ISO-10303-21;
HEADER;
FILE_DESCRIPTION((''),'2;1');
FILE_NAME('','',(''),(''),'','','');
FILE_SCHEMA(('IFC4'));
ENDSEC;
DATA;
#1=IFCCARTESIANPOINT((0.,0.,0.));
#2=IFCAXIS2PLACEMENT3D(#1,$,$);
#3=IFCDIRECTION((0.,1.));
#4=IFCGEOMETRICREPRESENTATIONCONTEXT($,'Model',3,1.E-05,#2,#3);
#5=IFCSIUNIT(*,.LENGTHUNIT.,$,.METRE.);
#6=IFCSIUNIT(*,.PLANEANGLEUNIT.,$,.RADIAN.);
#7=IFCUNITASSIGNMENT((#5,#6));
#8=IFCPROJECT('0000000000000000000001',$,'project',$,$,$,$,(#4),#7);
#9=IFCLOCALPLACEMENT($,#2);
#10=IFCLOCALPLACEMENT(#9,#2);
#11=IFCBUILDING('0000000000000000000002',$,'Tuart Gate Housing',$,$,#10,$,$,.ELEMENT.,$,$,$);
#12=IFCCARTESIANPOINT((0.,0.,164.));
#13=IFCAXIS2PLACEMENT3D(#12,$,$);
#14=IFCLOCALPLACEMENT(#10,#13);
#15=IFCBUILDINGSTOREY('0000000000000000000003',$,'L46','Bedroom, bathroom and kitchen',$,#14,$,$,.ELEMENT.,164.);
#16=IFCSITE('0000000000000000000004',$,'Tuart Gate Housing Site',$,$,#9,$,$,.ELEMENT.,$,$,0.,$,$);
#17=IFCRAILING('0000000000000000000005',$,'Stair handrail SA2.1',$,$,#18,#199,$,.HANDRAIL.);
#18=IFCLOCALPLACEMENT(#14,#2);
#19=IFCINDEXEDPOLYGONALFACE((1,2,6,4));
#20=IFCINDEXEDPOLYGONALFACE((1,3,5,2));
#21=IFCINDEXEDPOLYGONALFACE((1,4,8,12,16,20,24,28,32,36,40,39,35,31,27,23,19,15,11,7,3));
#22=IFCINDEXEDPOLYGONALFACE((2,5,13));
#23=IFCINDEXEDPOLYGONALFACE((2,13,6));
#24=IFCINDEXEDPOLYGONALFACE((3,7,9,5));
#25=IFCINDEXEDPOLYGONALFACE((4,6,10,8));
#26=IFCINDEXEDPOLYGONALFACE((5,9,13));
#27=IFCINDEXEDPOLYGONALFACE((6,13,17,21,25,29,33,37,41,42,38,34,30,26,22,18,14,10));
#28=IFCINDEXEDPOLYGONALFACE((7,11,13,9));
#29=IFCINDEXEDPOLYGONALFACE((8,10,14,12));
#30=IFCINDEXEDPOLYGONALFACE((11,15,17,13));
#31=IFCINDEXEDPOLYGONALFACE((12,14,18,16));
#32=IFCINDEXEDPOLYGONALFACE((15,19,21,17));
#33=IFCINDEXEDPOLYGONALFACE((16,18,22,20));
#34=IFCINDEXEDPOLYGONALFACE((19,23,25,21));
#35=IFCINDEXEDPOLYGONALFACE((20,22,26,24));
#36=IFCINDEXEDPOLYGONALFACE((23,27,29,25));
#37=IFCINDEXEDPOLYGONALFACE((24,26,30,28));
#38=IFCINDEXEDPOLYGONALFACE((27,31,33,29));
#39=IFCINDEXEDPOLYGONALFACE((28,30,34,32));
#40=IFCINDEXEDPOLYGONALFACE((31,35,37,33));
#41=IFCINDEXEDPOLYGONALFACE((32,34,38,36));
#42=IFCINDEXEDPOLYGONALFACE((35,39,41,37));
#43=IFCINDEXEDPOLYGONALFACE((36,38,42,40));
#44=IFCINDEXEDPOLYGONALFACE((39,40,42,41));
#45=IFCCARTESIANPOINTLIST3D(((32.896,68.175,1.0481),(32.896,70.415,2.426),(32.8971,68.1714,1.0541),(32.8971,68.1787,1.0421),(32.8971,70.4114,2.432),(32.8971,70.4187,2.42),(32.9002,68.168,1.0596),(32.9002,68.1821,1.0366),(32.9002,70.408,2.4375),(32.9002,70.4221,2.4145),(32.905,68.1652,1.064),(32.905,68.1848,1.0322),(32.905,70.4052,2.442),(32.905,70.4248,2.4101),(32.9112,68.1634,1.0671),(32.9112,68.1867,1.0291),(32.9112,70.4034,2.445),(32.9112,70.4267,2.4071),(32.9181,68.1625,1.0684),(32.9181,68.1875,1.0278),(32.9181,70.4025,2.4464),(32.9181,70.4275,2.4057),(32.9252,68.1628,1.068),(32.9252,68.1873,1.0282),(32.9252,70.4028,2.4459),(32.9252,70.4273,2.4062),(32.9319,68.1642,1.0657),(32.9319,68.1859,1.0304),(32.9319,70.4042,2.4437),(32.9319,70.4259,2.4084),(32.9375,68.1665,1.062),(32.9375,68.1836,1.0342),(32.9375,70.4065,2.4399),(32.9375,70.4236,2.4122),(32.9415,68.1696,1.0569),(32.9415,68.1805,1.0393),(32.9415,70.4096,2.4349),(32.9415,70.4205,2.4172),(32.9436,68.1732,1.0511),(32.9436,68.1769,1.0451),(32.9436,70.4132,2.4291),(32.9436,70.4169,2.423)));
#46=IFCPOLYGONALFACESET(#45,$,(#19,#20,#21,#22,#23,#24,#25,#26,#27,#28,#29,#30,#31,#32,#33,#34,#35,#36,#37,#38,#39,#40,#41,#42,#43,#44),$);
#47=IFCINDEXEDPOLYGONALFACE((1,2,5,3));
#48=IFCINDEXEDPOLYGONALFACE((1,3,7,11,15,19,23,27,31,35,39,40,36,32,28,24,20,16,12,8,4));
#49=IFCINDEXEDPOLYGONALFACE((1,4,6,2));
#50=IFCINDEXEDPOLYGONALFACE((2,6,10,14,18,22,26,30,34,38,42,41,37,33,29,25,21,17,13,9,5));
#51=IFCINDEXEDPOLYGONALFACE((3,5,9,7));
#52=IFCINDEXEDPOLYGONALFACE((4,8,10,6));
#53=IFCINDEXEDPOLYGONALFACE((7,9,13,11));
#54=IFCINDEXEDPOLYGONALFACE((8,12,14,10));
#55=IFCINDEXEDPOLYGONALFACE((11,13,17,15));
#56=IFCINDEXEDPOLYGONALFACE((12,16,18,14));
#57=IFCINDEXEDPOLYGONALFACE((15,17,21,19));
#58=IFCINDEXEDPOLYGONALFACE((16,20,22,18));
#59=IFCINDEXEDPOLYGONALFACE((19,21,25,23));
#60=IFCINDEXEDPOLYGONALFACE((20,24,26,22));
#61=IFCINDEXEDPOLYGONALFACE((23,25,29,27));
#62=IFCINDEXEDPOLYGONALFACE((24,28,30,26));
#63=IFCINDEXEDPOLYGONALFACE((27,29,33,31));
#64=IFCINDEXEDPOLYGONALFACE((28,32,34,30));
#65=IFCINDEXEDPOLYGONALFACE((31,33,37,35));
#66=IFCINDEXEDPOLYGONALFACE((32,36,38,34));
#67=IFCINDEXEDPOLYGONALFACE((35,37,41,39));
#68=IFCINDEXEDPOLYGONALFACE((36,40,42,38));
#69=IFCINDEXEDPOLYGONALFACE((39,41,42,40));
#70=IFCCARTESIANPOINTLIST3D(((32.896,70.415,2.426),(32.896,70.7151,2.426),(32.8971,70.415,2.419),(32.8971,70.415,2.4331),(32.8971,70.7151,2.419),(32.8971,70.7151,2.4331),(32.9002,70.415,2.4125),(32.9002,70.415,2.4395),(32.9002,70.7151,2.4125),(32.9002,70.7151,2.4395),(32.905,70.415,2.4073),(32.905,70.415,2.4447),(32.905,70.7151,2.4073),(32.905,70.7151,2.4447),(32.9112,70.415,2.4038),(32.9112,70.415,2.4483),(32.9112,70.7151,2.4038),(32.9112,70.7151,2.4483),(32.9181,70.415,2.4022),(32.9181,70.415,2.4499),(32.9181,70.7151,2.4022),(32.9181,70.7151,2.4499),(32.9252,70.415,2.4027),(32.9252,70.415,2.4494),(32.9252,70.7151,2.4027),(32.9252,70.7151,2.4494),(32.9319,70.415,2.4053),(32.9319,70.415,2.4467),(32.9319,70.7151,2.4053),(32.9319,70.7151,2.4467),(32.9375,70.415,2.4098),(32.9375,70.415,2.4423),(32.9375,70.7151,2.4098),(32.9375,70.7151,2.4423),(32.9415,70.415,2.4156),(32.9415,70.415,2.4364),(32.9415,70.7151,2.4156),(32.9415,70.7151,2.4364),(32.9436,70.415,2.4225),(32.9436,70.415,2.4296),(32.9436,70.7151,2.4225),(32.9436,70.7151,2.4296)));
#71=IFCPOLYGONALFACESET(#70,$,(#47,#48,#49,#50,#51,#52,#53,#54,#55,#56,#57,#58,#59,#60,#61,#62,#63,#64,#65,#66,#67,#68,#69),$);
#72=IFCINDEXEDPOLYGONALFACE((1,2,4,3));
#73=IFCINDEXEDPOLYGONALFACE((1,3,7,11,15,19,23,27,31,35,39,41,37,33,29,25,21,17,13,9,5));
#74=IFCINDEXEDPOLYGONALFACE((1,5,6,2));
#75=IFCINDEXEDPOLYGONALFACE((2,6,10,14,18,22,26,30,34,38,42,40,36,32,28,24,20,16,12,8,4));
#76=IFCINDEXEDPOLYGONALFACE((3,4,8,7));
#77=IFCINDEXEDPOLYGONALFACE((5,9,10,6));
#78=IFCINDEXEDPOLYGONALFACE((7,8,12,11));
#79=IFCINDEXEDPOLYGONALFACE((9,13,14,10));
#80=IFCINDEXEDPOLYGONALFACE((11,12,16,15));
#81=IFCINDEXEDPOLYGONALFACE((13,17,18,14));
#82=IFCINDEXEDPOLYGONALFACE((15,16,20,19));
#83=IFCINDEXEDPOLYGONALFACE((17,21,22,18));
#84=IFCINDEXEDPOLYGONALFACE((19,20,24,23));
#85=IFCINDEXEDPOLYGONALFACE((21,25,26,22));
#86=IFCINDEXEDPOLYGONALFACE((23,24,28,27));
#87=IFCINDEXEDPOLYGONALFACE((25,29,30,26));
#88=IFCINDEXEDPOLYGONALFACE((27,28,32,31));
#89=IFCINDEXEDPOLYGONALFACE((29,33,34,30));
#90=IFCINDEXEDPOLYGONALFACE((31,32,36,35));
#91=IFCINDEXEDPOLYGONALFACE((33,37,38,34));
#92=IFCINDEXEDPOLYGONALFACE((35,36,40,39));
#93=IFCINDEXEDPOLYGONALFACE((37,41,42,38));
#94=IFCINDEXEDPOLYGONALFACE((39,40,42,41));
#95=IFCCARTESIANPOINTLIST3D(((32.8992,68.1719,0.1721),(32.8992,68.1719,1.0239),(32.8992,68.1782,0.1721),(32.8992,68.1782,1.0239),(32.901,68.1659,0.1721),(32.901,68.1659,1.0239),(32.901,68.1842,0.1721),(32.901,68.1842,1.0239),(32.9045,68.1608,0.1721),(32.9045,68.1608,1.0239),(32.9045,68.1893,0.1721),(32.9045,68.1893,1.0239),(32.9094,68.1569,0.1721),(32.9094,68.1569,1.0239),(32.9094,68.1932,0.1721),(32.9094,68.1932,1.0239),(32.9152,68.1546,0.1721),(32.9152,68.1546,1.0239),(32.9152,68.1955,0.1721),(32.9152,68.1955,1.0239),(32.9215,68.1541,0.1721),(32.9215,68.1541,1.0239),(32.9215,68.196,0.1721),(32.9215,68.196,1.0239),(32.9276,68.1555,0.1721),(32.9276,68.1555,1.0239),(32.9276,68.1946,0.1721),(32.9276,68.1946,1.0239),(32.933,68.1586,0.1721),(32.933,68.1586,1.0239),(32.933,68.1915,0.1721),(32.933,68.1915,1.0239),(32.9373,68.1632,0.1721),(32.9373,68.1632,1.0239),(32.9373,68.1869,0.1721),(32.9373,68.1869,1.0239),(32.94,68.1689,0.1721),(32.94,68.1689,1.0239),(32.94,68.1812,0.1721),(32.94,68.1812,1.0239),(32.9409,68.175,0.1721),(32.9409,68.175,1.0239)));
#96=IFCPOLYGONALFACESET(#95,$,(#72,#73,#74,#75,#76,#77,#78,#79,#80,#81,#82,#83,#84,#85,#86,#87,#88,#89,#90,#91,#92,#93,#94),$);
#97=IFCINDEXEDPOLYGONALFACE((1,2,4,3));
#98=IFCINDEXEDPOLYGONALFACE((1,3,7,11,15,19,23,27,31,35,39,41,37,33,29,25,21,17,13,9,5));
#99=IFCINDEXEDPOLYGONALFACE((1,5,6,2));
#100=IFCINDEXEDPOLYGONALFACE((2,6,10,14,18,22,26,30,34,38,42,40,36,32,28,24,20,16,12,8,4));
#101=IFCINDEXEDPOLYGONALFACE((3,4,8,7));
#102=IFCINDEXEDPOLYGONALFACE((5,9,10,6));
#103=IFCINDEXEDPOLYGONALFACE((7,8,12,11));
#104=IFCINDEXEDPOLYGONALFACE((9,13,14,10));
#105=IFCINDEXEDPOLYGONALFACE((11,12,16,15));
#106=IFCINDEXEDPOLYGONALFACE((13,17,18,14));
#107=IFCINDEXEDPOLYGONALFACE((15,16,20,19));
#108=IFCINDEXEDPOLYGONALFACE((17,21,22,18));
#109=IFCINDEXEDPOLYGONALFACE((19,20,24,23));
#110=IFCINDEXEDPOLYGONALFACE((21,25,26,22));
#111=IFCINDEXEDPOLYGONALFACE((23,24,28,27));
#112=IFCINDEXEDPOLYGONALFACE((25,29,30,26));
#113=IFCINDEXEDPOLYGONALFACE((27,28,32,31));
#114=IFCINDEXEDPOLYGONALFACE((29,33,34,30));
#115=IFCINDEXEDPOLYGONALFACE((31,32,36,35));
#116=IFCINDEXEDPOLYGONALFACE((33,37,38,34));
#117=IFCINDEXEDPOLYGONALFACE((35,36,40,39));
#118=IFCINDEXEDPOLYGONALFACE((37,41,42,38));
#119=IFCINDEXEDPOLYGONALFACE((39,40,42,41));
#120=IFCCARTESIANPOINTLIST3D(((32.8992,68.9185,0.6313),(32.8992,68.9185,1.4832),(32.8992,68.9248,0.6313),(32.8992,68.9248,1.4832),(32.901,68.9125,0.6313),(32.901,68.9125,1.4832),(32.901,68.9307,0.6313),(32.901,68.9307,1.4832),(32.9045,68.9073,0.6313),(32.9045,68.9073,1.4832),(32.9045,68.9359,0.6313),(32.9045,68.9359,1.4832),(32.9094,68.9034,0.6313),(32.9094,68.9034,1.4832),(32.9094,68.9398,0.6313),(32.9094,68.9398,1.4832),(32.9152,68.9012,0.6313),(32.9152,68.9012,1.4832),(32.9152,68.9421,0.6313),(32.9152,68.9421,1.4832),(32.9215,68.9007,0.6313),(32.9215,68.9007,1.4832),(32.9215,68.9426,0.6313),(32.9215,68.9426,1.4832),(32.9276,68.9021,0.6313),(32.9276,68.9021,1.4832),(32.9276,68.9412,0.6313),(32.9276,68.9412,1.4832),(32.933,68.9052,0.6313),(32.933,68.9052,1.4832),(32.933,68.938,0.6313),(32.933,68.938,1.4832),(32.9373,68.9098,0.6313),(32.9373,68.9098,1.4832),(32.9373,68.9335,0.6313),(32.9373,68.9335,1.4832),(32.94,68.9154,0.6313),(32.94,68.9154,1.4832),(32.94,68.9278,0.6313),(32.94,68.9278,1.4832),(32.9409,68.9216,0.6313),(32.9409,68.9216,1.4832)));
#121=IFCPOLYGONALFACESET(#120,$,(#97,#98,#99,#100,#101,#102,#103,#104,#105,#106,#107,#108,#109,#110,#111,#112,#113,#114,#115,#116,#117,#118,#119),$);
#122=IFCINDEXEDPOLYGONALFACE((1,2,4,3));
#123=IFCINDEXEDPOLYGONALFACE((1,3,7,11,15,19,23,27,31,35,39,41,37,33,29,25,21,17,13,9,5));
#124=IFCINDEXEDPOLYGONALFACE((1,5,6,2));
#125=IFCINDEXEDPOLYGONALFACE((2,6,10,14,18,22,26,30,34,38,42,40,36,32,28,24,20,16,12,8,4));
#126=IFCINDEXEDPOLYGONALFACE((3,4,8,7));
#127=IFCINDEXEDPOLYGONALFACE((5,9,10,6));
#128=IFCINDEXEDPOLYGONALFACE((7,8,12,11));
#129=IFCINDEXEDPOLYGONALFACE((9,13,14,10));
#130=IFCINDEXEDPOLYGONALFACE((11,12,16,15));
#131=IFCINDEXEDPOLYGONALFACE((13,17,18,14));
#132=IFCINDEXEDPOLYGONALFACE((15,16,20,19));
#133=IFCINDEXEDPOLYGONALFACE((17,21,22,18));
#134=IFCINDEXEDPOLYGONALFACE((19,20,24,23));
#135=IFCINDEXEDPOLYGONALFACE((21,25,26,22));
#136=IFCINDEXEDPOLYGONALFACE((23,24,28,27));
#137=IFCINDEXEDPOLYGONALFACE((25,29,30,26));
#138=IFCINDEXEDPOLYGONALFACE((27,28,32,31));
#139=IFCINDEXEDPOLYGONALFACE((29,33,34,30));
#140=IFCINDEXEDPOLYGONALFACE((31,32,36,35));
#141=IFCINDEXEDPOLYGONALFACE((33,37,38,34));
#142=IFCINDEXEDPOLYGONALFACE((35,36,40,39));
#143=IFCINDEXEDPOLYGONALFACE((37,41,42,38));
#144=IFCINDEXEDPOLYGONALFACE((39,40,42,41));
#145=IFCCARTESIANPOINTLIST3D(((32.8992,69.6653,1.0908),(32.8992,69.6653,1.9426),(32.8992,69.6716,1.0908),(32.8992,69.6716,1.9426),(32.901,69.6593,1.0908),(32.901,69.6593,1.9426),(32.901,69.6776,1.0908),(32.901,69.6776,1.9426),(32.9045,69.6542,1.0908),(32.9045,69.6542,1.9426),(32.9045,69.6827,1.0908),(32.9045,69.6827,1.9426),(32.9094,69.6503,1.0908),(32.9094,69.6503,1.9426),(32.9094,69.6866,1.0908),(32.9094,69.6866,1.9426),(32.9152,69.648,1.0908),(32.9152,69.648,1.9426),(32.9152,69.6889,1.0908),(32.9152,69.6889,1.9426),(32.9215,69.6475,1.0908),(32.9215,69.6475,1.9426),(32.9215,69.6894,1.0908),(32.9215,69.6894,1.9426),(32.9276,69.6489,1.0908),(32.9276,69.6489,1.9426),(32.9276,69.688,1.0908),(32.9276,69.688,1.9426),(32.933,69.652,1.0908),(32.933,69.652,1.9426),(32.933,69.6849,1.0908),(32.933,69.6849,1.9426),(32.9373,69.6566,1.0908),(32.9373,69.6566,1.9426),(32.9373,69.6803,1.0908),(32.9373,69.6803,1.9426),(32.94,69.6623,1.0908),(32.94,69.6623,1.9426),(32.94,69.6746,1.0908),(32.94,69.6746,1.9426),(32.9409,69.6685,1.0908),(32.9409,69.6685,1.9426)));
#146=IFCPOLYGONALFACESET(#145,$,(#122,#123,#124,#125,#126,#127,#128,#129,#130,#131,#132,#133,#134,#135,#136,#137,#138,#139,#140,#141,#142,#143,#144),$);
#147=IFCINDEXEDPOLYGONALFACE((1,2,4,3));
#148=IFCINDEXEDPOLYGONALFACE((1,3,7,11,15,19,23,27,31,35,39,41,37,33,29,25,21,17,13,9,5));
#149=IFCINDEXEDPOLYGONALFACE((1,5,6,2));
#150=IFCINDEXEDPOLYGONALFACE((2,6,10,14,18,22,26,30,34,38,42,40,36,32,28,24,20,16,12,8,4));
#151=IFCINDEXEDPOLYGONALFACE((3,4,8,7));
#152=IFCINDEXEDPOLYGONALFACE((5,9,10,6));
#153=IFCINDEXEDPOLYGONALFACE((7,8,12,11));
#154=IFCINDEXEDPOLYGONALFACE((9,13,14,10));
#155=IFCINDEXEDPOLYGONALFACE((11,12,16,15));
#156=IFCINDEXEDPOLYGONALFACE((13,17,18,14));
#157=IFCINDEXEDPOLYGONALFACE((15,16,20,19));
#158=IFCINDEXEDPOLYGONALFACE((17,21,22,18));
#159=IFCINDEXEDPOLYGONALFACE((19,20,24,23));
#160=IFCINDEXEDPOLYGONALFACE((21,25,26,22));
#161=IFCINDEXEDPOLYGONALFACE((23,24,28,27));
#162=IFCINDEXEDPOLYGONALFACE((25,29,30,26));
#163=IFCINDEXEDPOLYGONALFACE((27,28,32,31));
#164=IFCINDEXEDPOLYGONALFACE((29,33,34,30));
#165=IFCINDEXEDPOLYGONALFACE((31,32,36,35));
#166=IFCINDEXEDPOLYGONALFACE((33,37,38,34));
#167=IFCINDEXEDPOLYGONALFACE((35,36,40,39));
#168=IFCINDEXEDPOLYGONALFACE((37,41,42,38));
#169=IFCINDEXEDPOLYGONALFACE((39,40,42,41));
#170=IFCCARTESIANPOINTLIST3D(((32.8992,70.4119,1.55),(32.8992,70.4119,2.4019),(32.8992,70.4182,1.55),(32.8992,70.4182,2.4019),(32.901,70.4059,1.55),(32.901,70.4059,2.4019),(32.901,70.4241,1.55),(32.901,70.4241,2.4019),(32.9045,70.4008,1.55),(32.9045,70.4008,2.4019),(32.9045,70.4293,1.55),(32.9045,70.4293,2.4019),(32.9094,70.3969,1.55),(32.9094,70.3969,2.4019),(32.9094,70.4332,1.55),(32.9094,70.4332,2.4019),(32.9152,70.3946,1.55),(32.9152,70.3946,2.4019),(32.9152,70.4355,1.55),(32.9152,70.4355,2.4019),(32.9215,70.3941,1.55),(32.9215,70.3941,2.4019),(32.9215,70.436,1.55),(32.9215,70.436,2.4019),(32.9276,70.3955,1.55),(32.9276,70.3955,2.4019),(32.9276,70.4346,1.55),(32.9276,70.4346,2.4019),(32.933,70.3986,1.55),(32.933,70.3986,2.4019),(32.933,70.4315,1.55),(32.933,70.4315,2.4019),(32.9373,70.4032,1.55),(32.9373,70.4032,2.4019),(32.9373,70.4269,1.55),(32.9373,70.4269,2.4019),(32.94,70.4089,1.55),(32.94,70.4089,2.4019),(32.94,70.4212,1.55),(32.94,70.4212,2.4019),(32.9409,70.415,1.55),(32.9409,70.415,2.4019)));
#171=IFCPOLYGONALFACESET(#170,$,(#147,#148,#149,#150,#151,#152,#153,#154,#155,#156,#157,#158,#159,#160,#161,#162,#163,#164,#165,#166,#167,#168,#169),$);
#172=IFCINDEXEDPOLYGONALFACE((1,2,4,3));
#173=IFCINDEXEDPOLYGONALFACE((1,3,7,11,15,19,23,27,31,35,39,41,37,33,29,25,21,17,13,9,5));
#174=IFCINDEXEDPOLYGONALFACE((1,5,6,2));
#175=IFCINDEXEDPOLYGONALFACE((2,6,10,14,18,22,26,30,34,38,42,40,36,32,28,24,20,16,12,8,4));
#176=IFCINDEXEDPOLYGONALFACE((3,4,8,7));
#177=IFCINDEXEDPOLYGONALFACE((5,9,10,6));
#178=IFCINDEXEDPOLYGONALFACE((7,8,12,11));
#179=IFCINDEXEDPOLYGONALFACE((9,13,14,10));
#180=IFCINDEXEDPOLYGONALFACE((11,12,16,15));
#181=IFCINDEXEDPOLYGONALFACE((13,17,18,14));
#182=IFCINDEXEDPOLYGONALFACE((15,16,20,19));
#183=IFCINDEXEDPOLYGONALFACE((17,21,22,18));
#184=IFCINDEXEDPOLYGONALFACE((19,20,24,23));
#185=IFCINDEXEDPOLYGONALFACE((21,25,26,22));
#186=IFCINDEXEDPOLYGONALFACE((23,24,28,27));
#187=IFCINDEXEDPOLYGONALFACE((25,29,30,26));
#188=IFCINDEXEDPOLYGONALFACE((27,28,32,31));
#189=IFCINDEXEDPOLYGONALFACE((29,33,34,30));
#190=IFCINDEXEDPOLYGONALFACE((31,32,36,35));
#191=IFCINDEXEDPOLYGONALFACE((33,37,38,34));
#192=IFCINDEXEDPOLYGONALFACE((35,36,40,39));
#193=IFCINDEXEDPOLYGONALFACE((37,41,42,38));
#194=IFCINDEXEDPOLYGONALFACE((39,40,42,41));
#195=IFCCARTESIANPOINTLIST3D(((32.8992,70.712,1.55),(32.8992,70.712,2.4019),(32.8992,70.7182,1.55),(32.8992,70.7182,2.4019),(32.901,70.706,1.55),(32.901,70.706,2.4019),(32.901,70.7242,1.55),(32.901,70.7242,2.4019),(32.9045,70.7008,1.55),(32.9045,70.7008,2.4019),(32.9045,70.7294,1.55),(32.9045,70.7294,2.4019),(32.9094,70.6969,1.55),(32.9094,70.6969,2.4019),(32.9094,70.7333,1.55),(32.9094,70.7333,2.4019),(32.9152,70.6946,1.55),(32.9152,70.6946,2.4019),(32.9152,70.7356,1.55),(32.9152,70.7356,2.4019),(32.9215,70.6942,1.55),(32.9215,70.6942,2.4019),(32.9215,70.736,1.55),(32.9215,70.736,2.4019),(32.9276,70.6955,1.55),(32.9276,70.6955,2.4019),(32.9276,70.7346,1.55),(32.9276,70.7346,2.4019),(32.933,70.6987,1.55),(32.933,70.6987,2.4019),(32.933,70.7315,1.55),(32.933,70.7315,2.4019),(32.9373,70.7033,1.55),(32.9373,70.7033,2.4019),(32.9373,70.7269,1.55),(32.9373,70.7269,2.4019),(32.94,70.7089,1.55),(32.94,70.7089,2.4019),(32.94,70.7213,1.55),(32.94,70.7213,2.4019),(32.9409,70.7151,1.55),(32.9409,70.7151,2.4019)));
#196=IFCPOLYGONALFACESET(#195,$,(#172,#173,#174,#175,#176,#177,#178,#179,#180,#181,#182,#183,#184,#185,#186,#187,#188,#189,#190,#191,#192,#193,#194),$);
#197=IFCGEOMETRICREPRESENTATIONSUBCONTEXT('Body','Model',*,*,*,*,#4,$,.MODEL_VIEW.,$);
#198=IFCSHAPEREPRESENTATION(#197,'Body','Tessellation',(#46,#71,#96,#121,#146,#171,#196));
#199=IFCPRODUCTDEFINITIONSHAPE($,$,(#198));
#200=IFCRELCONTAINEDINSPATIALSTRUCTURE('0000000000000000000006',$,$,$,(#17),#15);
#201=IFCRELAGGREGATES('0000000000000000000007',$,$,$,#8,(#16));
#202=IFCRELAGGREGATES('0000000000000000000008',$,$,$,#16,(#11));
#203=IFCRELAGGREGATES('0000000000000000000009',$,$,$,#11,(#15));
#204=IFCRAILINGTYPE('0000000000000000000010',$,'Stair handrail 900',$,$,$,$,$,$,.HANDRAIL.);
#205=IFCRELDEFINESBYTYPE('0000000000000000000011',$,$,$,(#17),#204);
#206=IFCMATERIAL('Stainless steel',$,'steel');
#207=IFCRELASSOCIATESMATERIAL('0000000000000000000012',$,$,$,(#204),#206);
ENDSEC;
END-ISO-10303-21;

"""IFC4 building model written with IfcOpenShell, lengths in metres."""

from ifc_helpers import new_model, si_unit, direction, frame, origin, origin_2d, place, context, subcontext, project, spatial, circle, extrude, material, type_object, element, save


model = new_model("IFC4")

# Units and contexts
model_context = context("Model", 3, precision=1e-05, world=origin(), true_north=direction((0.0, 1.0)))
body_context = subcontext(model_context, "Body", "Model", "MODEL_VIEW")
ifc_project = project(units=[si_unit("LENGTHUNIT", "METRE"), si_unit("PLANEANGLEUNIT", "RADIAN")], contexts=[model_context])

# Site, building, storey
site_placement = place(None, origin())
site = spatial("IfcSite", under=ifc_project, at=site_placement, Name="Tuart Gate Housing Site", CompositionType="ELEMENT", RefElevation=0.0)
building_placement = place(site_placement, origin())
building = spatial("IfcBuilding", under=site, at=building_placement, Name="Tuart Gate Housing", CompositionType="ELEMENT")
storey_placement = place(building_placement, frame((0.0, 0.0, 164.0)))
storey = spatial("IfcBuildingStorey", under=building, at=storey_placement, Name="L46", Description="Bedroom, bathroom and kitchen", CompositionType="ELEMENT", Elevation=164.0)

# Railing
ifc_material_1 = material(Name="Stainless steel", Category="steel")
railing_type = type_object("IfcRailingType", Name="Stair handrail 900", PredefinedType="HANDRAIL", material=ifc_material_1)
railing_placement = place(storey_placement, frame((32.9199, 68.175, 0.1721)))
element("IfcRailing", 1, at=railing_placement, inside=storey, type_object=railing_type, Name="Stair handrail SA2.1", PredefinedType="HANDRAIL", context=body_context, shape_type="SweptSolid", body=[
    extrude(circle(Radius=0.0239, at=origin_2d()), frame((0.0, 0.0, 0.876), z_axis=(0.0, 0.851748, 0.523952), x_axis=(-1.0, 0.0, 0.0)), (0.0, 0.0, 1.0), 2.6299),
    extrude(circle(Radius=0.0239, at=origin_2d()), frame((0.0, 2.24, 2.2539), z_axis=(0.0, 1.0, 0.0), x_axis=(-1.0, 0.0, 0.0)), (0.0, 0.0, 1.0), 0.3),
    extrude(circle(Radius=0.021, at=origin_2d()), origin(), (0.0, 0.0, 1.0), 0.8518),
    extrude(circle(Radius=0.021, at=origin_2d()), frame((0.0, 0.7466, 0.4592)), (0.0, 0.0, 1.0), 0.8518),
    extrude(circle(Radius=0.021, at=origin_2d()), frame((0.0, 1.4934, 0.9187)), (0.0, 0.0, 1.0), 0.8518),
    extrude(circle(Radius=0.021, at=origin_2d()), frame((0.0, 2.24, 1.3779)), (0.0, 0.0, 1.0), 0.8518),
    extrude(circle(Radius=0.021, at=origin_2d()), frame((0.0, 2.54, 1.3779)), (0.0, 0.0, 1.0), 0.8518),
])

save(model, "model.ifc")
